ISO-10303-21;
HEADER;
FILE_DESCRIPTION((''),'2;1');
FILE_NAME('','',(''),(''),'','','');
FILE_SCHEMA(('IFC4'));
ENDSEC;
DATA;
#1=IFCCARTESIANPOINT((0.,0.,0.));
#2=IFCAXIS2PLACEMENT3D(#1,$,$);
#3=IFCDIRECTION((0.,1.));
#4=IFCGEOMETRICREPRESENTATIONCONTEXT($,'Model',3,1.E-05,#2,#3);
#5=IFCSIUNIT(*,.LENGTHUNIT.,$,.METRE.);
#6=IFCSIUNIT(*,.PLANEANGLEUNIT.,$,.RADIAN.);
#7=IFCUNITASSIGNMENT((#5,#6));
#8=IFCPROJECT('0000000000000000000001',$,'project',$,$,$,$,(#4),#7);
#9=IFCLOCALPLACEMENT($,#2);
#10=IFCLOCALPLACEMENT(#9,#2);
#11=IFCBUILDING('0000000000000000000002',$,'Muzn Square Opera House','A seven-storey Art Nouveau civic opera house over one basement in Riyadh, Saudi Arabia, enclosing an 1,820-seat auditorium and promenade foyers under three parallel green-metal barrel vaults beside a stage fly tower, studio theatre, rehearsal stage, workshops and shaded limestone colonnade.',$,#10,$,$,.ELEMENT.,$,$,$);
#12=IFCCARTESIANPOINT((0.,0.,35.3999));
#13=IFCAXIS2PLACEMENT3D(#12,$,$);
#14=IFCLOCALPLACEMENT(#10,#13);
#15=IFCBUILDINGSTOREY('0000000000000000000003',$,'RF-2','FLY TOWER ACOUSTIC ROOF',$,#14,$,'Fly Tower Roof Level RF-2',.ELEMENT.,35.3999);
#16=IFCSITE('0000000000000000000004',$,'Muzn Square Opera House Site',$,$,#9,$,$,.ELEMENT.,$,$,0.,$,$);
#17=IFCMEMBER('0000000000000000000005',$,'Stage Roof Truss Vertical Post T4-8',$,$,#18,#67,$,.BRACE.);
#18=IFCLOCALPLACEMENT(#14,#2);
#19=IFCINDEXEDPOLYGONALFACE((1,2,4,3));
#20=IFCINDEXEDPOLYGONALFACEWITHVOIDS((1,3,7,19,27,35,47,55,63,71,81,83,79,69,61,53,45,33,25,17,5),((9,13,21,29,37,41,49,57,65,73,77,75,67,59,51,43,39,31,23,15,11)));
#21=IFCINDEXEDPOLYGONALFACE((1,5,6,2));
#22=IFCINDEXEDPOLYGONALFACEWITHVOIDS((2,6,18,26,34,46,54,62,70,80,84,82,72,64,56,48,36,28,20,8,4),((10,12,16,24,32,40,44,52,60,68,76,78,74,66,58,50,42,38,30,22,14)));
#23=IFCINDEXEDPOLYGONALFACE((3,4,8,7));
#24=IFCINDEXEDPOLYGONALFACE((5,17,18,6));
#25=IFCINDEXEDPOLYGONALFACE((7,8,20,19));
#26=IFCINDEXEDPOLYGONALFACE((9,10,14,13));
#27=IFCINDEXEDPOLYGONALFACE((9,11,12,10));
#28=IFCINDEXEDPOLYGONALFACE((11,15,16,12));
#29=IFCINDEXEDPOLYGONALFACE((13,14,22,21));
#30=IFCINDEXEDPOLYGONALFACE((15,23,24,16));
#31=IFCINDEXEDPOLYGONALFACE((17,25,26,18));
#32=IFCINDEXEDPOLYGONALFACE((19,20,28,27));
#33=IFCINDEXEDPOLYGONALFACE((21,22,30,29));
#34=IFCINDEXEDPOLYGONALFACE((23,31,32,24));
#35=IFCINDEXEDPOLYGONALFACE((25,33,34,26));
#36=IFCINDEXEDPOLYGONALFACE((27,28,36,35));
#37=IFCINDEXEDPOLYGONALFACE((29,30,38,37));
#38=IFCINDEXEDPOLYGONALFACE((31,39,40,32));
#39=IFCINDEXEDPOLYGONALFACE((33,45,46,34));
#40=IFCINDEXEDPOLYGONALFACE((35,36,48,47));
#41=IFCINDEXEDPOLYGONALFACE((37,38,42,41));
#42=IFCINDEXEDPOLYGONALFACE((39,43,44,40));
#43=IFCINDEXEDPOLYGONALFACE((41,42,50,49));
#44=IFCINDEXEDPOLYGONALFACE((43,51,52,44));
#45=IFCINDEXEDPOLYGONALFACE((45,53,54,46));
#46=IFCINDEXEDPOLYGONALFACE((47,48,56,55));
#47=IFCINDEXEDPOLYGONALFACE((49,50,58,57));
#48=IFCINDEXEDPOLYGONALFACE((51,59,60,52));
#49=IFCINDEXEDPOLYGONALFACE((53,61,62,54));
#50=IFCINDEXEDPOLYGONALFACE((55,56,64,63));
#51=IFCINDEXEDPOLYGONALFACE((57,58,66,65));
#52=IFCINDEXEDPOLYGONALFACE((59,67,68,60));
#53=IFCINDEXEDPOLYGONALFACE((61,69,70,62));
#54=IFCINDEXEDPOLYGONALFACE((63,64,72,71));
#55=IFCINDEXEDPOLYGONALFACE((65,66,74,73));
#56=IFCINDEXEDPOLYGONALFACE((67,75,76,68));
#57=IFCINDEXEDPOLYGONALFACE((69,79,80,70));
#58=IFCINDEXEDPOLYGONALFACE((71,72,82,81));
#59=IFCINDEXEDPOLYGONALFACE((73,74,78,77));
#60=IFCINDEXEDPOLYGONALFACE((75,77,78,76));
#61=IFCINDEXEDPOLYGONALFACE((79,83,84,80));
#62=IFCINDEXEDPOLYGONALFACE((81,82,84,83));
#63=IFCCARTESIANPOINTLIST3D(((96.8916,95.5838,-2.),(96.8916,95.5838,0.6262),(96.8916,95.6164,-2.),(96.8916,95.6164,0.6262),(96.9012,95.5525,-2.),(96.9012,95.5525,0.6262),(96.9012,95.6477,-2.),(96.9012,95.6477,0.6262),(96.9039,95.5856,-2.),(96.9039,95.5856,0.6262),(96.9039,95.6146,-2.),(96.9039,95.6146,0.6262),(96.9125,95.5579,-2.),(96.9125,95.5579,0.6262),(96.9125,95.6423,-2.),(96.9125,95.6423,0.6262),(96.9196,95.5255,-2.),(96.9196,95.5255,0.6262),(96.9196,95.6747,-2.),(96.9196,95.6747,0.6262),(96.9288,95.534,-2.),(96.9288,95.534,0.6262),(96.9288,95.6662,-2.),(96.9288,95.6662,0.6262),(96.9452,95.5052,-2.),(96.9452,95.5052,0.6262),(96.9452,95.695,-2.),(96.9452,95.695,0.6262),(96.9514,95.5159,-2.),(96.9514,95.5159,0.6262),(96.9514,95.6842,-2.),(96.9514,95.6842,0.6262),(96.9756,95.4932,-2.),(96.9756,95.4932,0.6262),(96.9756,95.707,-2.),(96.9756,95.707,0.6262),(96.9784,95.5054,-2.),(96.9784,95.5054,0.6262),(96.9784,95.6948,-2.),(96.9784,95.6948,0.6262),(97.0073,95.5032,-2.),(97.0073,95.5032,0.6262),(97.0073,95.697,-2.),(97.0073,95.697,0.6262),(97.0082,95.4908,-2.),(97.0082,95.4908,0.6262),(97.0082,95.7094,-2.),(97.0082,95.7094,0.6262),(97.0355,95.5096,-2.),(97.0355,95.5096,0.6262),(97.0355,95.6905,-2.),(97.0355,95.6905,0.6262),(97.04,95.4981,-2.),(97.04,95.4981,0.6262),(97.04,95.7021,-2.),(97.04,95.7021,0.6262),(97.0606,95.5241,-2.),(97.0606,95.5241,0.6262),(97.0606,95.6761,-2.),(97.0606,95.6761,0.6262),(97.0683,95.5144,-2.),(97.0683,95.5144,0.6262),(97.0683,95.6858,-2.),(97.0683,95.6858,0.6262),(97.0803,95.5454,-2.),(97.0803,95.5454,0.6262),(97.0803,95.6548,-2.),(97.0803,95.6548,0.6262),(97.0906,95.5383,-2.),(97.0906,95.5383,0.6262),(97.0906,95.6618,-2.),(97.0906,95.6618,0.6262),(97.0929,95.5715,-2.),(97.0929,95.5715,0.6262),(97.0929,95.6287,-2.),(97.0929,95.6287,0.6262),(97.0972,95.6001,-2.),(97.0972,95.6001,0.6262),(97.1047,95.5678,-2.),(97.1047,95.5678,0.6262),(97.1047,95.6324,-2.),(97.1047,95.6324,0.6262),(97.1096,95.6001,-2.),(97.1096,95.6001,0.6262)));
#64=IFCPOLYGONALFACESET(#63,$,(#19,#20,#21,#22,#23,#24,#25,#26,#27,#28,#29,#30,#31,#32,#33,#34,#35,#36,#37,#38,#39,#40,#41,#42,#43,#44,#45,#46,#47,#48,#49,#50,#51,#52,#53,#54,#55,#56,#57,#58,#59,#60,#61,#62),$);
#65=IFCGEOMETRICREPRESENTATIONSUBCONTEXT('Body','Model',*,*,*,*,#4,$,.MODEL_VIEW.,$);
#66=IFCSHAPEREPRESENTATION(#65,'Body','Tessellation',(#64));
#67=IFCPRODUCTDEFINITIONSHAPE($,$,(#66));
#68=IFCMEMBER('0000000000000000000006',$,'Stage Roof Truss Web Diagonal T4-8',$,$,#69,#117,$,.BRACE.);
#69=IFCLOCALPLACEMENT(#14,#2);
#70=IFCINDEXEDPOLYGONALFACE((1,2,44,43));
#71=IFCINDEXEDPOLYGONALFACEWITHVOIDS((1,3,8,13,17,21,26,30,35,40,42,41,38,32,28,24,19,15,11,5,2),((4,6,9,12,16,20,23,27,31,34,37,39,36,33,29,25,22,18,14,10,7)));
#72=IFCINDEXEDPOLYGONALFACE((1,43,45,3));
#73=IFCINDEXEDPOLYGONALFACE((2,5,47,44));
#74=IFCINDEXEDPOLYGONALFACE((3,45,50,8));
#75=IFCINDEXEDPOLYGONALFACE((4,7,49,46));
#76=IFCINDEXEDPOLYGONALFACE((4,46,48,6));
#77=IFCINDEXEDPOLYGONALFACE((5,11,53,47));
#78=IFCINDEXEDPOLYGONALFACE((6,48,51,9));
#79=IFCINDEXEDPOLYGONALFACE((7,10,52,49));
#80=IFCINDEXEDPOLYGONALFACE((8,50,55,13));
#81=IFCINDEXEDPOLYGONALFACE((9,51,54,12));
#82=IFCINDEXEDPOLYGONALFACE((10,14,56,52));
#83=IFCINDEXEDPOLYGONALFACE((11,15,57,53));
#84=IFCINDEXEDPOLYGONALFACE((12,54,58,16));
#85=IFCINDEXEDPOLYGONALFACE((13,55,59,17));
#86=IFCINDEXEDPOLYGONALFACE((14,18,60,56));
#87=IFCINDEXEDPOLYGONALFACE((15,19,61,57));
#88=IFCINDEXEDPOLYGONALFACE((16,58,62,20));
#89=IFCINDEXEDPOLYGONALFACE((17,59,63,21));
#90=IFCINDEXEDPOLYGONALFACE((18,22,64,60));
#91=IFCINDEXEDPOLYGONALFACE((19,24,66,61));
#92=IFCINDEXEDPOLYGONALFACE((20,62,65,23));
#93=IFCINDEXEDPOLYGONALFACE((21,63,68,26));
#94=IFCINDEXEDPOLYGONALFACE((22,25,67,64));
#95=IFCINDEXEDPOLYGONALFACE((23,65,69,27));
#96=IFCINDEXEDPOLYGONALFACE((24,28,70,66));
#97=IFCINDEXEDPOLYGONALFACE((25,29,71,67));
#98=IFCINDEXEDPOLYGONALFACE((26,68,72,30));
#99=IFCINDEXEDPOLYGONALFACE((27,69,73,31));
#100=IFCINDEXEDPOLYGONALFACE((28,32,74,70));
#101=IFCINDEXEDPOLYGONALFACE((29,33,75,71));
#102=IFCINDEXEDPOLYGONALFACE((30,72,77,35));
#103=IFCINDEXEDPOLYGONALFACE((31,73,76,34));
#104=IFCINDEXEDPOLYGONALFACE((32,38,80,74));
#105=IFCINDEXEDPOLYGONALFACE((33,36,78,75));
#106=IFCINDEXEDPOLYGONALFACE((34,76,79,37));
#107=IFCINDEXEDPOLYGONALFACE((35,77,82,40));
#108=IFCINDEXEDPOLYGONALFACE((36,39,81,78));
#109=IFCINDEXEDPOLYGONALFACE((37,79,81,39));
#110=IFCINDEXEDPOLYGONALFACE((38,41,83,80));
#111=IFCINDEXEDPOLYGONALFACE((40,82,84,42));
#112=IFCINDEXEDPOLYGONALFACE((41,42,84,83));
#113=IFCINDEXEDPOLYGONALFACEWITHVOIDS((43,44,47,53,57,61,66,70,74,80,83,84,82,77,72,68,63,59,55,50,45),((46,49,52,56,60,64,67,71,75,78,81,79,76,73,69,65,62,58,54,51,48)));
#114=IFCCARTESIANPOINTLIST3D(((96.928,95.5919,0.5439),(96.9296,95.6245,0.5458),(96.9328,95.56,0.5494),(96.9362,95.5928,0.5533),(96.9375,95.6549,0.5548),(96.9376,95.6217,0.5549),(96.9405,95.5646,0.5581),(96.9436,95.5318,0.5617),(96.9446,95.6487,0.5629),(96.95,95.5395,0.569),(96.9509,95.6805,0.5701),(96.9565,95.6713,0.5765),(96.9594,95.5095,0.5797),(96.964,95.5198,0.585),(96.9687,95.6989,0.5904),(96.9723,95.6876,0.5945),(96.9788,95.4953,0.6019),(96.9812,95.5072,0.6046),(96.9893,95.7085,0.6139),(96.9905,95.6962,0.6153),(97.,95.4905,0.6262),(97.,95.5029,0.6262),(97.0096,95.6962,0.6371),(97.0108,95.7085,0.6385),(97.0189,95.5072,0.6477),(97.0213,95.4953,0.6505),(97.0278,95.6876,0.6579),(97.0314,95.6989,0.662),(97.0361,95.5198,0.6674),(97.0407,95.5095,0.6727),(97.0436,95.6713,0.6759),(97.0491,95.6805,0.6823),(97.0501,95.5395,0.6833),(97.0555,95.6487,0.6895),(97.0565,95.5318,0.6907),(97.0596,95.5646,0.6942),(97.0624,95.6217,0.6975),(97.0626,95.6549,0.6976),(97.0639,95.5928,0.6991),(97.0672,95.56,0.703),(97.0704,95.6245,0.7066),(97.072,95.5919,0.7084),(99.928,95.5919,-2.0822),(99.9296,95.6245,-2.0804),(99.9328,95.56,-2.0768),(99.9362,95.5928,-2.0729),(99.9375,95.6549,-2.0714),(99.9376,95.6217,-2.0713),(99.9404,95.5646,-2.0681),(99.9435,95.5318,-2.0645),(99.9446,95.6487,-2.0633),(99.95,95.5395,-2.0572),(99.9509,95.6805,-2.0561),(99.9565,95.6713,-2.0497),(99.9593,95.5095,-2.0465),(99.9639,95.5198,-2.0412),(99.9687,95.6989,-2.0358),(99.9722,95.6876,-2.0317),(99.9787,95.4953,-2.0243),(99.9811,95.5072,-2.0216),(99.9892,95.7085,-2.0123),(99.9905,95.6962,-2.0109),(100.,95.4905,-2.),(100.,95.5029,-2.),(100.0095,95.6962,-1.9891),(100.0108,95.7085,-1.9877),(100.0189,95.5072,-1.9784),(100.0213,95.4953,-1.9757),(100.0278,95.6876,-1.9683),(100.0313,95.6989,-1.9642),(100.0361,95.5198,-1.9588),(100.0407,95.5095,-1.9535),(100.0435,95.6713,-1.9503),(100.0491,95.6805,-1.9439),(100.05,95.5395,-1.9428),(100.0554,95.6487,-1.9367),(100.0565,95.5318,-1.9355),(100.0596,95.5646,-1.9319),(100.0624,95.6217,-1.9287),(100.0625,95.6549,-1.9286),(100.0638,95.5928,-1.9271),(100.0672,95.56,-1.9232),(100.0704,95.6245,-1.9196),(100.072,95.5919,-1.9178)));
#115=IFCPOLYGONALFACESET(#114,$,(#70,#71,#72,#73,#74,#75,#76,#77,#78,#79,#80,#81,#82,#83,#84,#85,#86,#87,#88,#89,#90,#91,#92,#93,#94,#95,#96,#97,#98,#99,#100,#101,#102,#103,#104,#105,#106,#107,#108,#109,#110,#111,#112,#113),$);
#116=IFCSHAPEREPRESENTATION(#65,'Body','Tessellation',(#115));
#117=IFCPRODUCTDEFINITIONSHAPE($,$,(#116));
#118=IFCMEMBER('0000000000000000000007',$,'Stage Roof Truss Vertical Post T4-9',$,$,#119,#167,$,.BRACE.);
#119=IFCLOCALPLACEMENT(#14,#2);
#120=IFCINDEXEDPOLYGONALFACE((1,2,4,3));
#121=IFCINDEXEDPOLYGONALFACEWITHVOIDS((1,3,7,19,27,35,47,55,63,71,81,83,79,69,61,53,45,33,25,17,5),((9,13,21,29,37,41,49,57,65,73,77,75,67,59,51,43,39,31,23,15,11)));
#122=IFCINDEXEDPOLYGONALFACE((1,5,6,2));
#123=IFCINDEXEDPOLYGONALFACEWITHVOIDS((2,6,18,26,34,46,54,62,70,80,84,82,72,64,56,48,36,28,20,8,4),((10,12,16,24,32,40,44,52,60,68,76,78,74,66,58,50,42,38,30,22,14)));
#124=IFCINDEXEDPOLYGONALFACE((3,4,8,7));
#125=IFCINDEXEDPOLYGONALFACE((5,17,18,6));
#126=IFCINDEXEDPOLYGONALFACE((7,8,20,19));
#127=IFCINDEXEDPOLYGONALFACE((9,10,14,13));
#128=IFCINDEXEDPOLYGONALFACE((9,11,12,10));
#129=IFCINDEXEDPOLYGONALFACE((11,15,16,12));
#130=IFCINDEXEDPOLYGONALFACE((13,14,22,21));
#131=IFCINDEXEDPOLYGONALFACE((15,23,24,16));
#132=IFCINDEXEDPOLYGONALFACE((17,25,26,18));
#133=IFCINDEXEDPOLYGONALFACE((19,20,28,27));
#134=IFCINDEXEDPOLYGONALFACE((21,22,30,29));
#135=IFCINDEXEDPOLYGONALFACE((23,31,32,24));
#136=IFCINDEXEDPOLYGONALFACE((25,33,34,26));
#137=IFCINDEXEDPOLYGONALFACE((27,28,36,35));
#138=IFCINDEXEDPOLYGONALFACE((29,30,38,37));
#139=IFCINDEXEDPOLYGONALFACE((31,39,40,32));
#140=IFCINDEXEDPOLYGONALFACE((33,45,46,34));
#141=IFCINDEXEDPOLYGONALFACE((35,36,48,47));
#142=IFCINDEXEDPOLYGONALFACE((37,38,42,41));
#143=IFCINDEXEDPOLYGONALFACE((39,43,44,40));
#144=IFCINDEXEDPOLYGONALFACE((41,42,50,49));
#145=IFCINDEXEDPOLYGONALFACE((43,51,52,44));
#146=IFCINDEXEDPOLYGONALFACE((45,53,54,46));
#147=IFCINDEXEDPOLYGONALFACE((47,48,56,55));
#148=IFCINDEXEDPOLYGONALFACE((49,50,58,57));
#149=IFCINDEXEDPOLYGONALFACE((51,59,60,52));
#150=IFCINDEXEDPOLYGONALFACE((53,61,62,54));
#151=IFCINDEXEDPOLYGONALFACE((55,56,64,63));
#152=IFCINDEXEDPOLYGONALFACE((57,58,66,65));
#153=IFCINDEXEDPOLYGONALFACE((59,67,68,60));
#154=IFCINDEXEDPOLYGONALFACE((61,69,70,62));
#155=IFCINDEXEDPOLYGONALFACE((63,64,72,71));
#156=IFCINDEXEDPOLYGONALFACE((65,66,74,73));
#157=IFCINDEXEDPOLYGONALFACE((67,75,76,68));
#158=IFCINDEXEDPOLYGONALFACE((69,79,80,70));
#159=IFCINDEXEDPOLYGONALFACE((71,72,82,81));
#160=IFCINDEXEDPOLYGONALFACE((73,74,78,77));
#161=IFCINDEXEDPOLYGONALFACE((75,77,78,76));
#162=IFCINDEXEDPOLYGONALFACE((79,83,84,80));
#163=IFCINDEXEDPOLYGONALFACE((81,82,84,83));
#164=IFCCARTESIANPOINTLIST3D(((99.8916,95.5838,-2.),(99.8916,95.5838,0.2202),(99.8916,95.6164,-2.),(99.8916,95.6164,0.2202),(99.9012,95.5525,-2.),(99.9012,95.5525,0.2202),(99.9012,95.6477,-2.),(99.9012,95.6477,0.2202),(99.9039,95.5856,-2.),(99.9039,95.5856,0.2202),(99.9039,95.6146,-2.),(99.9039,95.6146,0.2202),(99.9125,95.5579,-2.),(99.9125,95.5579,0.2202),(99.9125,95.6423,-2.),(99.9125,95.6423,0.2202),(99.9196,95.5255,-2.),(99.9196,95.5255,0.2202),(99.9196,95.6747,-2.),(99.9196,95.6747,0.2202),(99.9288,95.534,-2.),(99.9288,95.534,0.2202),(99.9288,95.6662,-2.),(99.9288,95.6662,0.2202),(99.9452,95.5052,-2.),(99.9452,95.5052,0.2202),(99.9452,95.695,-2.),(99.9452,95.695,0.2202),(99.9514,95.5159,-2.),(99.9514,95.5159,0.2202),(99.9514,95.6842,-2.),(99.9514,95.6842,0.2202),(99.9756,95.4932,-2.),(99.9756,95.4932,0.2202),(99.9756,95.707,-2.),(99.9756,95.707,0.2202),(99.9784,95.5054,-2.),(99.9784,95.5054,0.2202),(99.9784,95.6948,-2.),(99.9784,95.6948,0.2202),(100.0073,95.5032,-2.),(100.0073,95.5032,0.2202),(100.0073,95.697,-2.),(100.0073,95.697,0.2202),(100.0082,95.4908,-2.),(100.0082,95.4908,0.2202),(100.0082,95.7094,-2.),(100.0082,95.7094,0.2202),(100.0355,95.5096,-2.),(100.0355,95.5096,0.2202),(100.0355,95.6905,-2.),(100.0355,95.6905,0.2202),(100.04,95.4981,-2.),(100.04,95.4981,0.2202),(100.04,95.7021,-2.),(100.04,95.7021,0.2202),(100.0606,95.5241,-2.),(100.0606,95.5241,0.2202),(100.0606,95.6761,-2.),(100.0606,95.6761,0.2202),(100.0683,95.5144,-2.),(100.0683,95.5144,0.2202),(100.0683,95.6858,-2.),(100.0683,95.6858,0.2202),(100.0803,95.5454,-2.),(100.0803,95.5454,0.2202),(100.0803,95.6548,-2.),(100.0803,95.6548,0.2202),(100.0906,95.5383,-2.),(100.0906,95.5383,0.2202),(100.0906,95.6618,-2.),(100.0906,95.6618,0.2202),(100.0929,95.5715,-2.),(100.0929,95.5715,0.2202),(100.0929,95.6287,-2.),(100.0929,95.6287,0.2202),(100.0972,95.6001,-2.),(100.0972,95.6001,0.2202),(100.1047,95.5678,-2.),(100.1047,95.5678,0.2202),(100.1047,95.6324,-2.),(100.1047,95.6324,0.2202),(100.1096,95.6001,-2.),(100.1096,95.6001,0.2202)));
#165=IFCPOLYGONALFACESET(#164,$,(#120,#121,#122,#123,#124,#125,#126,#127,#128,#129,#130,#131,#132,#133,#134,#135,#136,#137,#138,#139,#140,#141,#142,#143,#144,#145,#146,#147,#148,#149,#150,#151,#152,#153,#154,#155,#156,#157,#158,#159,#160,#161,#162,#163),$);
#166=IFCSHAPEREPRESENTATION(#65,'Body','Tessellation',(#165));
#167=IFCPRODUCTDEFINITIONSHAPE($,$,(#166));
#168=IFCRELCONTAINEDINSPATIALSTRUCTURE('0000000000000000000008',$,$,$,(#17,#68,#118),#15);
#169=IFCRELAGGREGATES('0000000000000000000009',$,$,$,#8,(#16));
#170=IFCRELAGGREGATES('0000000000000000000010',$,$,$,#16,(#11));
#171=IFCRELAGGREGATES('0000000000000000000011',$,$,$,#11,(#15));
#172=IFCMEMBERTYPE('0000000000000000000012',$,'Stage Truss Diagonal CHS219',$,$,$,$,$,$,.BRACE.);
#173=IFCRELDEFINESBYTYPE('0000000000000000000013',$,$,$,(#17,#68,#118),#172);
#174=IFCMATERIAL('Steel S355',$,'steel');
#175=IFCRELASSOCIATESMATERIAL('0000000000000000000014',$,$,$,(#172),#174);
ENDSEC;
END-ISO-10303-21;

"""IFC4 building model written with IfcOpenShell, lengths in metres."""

from ifc_helpers import new_model, si_unit, direction, frame, origin, origin_2d, place, context, subcontext, project, spatial, hollow_circle, extrude, material, material_profile, profile_set, type_object, element, save


model = new_model("IFC4")

# Units and contexts
model_context = context("Model", 3, precision=1e-05, world=origin(), true_north=direction((0.0, 1.0)))
body_context = subcontext(model_context, "Body", "Model", "MODEL_VIEW")
ifc_project = project(units=[si_unit("LENGTHUNIT", "METRE"), si_unit("PLANEANGLEUNIT", "RADIAN")], contexts=[model_context])

# Site, building, storey
site_placement = place(None, origin())
site = spatial("IfcSite", under=ifc_project, at=site_placement, Name="Muzn Square Opera House Site", CompositionType="ELEMENT", RefElevation=0.0)
building_placement = place(site_placement, origin())
building = spatial("IfcBuilding", under=site, at=building_placement, Name="Muzn Square Opera House", Description="A seven-storey Art Nouveau civic opera house over one basement in Riyadh, Saudi Arabia, enclosing an 1,820-seat auditorium and promenade foyers under three parallel green-metal barrel vaults beside a stage fly tower, studio theatre, rehearsal stage, workshops and shaded limestone colonnade.", CompositionType="ELEMENT")
storey_placement = place(building_placement, frame((0.0, 0.0, 35.3999)))
storey = spatial("IfcBuildingStorey", under=building, at=storey_placement, Name="RF-2", Description="FLY TOWER ACOUSTIC ROOF", LongName="Fly Tower Roof Level RF-2", CompositionType="ELEMENT", Elevation=35.3999)

# Members
ifc_material_1 = material(Name="Steel S355", Category="steel")
ifc_material_profile_1 = material_profile(ifc_material_1, hollow_circle(Radius=0.1096, WallThickness=0.0125, at=origin_2d()), Name="CHS 219.1x12.5", Category="steel")
ifc_profile_set_1 = profile_set([ifc_material_profile_1], Name="Steel S355")
member_type_1 = type_object("IfcMemberType", Name="Stage Truss Diagonal CHS219", PredefinedType="BRACE", material=ifc_profile_set_1)
member_1_placement = place(storey_placement, frame((97.0, 95.6001, -2.0), z_axis=(0.0, 0.0, 1.0), x_axis=(1.0, 0.0, 0.0)))
element("IfcMember", 1, at=member_1_placement, inside=storey, type_object=member_type_1, Name="Stage Roof Truss Vertical Post T4-8", PredefinedType="BRACE", context=body_context, shape_type="SweptSolid", body=[
    extrude(hollow_circle(Radius=0.1096, WallThickness=0.0125, at=origin_2d()), origin(), (0.0, 0.0, 1.0), 2.6262),
])
member_2_placement = place(storey_placement, frame((100.0, 95.6001, -2.0), z_axis=(-0.752425, 0.0, 0.658678), x_axis=(0.0, -1.0, 0.0)))
element("IfcMember", 2, at=member_2_placement, inside=storey, type_object=member_type_1, Name="Stage Roof Truss Web Diagonal T4-8", PredefinedType="BRACE", context=body_context, shape_type="SweptSolid", body=[
    extrude(hollow_circle(Radius=0.1096, WallThickness=0.0125, at=origin_2d()), origin(), (0.0, 0.0, 1.0), 3.9871),
])
member_3_placement = place(storey_placement, frame((100.0, 95.6001, -2.0), z_axis=(0.0, 0.0, 1.0), x_axis=(1.0, 0.0, 0.0)))
element("IfcMember", 3, at=member_3_placement, inside=storey, type_object=member_type_1, Name="Stage Roof Truss Vertical Post T4-9", PredefinedType="BRACE", context=body_context, shape_type="SweptSolid", body=[
    extrude(hollow_circle(Radius=0.1096, WallThickness=0.0125, at=origin_2d()), origin(), (0.0, 0.0, 1.0), 2.2202),
])

save(model, "model.ifc")
